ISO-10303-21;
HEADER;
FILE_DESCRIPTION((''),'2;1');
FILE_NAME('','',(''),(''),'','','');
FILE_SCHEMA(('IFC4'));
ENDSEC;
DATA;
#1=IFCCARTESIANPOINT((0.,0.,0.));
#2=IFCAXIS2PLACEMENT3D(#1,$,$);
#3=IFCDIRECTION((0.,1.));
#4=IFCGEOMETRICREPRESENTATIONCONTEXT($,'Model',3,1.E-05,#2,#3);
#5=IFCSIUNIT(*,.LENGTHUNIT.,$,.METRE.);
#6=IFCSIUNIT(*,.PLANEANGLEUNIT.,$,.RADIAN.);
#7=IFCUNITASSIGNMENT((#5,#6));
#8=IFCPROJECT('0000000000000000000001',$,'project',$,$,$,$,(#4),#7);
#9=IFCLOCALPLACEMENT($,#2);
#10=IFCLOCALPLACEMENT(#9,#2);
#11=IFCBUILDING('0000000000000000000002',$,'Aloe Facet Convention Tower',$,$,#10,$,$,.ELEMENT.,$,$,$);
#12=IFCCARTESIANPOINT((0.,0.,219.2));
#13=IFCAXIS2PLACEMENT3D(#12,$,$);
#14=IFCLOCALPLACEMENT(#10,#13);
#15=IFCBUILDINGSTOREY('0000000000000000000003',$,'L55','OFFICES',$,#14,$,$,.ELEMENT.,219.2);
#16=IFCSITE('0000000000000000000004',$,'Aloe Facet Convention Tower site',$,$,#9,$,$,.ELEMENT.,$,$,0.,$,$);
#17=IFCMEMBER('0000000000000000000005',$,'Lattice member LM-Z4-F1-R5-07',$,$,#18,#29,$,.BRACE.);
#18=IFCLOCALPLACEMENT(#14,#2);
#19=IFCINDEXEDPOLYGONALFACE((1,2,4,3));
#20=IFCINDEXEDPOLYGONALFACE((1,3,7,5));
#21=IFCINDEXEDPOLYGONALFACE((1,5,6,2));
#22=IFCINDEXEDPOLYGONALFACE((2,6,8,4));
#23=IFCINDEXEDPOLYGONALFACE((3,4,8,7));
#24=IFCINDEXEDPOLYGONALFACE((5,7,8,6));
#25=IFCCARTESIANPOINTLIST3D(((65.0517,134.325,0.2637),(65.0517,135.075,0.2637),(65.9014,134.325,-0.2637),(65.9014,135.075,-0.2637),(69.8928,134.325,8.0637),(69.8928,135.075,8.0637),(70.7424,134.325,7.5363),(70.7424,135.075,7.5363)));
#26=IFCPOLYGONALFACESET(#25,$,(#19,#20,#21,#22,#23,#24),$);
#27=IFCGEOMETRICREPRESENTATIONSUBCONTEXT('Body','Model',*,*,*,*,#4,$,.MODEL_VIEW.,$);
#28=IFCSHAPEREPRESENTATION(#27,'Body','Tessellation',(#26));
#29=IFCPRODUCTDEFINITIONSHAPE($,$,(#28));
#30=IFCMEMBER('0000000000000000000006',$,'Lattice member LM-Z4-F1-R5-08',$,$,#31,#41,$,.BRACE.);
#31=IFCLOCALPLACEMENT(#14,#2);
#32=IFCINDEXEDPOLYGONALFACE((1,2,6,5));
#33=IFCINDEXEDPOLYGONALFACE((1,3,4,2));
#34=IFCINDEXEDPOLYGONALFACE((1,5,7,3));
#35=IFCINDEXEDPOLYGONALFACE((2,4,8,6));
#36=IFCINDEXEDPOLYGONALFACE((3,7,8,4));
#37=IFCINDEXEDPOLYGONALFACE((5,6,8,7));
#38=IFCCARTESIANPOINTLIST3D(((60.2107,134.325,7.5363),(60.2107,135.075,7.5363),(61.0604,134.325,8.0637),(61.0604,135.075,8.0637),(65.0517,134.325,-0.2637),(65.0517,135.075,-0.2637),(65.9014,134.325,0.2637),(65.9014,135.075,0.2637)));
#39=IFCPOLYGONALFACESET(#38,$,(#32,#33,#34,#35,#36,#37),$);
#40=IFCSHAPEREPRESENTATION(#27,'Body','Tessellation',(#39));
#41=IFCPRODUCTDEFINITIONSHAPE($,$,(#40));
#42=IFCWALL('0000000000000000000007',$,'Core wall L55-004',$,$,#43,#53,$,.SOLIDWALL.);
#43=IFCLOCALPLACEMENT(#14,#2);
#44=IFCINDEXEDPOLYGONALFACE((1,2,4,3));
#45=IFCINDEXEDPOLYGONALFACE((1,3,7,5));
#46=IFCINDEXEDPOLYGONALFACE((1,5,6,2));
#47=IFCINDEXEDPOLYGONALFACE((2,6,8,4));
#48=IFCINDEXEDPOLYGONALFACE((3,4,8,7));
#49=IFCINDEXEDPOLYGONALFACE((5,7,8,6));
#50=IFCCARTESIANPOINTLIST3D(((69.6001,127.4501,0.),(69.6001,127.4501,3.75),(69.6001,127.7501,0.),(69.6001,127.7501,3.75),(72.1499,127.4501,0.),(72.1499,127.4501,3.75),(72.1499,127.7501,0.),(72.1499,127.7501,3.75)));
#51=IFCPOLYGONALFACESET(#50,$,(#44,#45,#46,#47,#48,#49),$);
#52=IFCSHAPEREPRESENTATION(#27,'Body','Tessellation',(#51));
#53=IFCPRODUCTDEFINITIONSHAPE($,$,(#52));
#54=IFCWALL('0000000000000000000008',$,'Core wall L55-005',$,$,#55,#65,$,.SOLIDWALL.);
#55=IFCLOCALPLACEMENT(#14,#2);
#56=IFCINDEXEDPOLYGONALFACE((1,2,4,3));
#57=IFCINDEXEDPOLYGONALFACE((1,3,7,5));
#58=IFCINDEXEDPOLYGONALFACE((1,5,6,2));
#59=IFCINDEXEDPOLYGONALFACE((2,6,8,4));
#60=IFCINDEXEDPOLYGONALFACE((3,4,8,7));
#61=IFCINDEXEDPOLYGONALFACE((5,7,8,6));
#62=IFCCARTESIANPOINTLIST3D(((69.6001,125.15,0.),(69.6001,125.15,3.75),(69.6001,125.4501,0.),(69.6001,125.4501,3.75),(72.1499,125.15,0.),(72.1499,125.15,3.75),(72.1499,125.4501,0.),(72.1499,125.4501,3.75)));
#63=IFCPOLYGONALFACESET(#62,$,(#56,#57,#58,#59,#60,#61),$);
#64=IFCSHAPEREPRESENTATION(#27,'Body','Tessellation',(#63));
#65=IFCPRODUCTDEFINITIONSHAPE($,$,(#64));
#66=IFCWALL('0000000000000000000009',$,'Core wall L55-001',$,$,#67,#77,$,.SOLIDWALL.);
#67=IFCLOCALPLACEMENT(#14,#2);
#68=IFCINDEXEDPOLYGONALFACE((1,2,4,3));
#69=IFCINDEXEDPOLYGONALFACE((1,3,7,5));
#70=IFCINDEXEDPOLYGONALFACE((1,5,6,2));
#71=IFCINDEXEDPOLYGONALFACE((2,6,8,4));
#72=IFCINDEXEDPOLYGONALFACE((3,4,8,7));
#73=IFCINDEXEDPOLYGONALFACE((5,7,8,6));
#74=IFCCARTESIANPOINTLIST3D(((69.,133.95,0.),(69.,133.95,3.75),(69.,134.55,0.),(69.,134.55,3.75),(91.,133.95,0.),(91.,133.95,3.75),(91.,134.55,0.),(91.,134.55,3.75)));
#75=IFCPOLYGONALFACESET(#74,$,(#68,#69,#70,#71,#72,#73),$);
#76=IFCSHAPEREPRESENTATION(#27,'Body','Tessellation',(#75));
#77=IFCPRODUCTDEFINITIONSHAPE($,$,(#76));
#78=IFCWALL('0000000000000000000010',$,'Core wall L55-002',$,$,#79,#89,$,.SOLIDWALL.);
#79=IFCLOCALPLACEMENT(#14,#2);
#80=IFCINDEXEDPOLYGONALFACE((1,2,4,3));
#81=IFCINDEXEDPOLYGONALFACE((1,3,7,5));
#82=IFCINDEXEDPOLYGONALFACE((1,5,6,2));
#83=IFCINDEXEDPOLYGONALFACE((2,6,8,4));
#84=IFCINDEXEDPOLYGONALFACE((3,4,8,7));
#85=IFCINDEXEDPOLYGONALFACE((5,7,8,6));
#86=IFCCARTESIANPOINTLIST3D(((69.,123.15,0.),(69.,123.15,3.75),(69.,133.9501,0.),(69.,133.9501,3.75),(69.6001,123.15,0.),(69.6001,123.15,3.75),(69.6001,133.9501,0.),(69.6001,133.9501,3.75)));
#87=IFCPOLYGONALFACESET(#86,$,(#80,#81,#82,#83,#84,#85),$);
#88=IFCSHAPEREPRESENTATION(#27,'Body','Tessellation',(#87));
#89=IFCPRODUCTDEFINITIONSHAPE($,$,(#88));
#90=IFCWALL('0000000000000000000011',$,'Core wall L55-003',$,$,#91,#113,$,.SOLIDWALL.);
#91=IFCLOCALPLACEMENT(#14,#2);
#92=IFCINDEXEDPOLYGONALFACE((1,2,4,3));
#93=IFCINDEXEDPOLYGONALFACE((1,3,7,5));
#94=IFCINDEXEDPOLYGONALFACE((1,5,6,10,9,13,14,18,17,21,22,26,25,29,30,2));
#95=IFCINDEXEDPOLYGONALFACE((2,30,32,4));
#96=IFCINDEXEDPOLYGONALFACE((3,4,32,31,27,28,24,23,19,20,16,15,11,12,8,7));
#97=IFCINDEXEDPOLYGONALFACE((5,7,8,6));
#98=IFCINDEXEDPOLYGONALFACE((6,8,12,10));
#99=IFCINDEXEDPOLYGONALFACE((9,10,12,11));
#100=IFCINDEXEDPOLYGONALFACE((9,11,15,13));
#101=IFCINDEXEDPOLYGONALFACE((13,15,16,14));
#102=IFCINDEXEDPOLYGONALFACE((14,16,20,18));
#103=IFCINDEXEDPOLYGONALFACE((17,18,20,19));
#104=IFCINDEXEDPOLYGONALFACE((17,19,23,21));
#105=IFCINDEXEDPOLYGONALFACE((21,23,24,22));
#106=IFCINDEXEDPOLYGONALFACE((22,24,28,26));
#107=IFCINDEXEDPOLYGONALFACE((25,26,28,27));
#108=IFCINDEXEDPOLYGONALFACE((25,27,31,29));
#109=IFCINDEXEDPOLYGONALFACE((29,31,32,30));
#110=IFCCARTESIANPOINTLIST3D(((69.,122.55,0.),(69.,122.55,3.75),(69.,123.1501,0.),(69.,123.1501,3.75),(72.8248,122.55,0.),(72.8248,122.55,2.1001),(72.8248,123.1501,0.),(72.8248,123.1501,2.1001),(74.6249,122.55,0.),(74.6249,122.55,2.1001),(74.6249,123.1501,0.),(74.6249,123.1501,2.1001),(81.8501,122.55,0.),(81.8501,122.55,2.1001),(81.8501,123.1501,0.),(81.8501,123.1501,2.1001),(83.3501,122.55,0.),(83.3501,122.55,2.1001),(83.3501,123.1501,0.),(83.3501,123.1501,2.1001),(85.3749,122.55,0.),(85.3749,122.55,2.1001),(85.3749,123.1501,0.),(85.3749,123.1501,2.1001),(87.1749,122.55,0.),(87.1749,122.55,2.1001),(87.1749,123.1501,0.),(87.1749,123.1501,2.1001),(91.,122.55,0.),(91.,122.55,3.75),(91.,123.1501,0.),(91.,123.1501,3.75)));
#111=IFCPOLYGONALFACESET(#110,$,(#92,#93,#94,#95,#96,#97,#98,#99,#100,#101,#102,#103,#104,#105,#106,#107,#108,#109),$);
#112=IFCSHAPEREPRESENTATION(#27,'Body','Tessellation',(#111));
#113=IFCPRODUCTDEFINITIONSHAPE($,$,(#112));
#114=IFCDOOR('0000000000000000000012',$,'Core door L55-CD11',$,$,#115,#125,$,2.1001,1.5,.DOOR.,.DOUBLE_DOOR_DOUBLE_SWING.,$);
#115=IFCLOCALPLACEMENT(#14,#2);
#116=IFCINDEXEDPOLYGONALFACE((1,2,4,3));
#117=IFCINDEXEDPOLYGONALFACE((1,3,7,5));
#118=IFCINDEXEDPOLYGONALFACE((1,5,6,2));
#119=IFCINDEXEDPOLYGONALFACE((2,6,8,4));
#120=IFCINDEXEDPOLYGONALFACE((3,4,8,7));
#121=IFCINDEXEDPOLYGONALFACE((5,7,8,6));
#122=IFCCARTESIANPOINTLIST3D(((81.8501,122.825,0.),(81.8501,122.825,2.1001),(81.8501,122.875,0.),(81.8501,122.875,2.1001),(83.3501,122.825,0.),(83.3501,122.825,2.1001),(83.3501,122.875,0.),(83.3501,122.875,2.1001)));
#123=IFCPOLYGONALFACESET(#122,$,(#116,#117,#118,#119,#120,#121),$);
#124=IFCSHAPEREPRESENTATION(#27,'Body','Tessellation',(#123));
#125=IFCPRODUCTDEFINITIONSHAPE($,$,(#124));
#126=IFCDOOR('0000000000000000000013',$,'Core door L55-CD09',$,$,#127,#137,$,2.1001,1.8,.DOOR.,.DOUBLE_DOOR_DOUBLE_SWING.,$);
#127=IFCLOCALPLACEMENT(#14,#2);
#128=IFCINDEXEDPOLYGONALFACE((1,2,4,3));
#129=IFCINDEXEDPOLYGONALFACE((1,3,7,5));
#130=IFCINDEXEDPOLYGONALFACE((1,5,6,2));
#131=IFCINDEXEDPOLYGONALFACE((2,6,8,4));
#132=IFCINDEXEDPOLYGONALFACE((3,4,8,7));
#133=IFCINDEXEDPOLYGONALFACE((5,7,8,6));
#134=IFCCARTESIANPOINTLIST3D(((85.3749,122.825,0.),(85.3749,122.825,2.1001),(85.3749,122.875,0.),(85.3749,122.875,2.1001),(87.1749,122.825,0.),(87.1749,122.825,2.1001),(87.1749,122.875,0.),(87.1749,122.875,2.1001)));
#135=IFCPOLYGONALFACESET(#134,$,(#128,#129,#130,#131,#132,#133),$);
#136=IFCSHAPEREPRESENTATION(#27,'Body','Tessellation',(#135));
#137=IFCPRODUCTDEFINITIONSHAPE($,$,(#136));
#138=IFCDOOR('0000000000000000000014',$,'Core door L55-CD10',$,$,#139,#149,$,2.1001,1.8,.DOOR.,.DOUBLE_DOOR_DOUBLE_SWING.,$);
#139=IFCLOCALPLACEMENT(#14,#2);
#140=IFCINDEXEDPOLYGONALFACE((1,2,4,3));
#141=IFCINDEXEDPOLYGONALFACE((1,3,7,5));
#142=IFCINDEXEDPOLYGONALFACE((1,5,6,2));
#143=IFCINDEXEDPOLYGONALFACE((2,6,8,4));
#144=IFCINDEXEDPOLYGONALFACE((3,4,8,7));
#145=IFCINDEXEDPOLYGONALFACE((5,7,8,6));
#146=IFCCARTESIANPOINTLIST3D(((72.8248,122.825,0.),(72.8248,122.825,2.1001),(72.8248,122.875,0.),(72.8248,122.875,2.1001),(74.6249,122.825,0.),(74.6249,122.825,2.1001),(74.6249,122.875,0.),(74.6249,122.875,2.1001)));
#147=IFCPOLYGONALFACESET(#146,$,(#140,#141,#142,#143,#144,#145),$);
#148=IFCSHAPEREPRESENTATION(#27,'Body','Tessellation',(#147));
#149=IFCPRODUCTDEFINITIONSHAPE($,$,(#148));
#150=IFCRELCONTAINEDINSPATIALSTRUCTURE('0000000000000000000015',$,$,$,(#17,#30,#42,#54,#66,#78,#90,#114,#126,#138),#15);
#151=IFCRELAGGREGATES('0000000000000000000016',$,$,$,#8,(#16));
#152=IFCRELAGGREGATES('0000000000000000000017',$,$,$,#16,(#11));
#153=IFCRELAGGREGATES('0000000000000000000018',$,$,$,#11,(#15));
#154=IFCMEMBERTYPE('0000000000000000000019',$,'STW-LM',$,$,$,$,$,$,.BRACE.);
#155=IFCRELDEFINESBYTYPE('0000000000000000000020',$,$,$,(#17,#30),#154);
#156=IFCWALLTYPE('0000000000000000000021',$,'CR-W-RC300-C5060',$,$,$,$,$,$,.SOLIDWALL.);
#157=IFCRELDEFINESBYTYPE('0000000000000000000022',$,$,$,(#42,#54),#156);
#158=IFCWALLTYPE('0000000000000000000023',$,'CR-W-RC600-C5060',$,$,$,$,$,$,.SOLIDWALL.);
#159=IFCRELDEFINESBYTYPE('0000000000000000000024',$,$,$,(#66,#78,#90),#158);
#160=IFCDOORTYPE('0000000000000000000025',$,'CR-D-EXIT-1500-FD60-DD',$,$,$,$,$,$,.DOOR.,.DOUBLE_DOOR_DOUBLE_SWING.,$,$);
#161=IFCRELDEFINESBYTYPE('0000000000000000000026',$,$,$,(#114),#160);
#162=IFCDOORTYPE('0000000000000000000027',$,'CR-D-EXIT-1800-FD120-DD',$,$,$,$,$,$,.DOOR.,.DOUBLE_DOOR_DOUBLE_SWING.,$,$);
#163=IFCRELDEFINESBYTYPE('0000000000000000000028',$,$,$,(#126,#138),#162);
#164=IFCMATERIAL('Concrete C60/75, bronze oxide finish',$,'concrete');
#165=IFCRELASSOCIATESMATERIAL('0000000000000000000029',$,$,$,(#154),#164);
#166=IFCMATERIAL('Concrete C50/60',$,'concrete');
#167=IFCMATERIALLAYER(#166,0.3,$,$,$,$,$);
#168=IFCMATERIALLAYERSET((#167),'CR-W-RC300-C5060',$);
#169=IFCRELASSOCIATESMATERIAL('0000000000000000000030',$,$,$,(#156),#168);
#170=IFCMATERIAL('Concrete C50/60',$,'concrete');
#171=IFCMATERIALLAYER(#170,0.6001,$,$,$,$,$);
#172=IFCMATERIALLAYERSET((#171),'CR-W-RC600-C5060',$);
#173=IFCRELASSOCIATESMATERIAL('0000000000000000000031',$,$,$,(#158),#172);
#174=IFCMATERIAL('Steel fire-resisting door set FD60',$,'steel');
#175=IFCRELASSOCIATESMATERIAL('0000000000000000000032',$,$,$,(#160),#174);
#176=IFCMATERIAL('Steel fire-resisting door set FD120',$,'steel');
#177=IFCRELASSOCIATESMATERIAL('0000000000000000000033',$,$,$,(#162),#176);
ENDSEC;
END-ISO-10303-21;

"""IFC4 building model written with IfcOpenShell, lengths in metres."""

from ifc_helpers import new_model, si_unit, direction, frame, frame_2d, origin, origin_2d, place, context, subcontext, project, spatial, rectangle, extrude, material, layer, layer_set, material_profile, profile_set, type_object, element, fill, save


model = new_model("IFC4")

# Units and contexts
model_context = context("Model", 3, precision=1e-05, world=origin(), true_north=direction((0.0, 1.0)))
body_context = subcontext(model_context, "Body", "Model", "MODEL_VIEW")
ifc_project = project(units=[si_unit("LENGTHUNIT", "METRE"), si_unit("PLANEANGLEUNIT", "RADIAN")], contexts=[model_context])

# Site, building, storey
site_placement = place(None, origin())
site = spatial("IfcSite", under=ifc_project, at=site_placement, Name="Aloe Facet Convention Tower site", CompositionType="ELEMENT", RefElevation=0.0)
building_placement = place(site_placement, origin())
building = spatial("IfcBuilding", under=site, at=building_placement, Name="Aloe Facet Convention Tower", CompositionType="ELEMENT")
storey_placement = place(building_placement, frame((0.0, 0.0, 219.2)))
storey = spatial("IfcBuildingStorey", under=building, at=storey_placement, Name="L55", Description="OFFICES", CompositionType="ELEMENT", Elevation=219.2)

# Members
ifc_material_1 = material(Name="Concrete C60/75, bronze oxide finish", Category="concrete")
ifc_material_profile = material_profile(ifc_material_1, rectangle(XDim=0.75, YDim=1.0, at=origin_2d()), Name="STW-LM")
ifc_profile_set = profile_set([ifc_material_profile], Name="Concrete C60/75, bronze oxide finish")
member_type = type_object("IfcMemberType", Name="STW-LM", PredefinedType="BRACE", material=ifc_profile_set)
for number, where, z_axis, x_axis, name in (
    (1, (65.4766, 134.7, 0.0), (0.527336, 0.0, 0.849657), (0.0, 1.0, 0.0), "Lattice member LM-Z4-F1-R5-07"),
    (2, (65.4766, 134.7, 0.0), (-0.527336, 0.0, 0.849657), (0.0, -1.0, 0.0), "Lattice member LM-Z4-F1-R5-08"),
):
    element("IfcMember", number, at=place(storey_placement, frame(where, z_axis=z_axis, x_axis=x_axis)), inside=storey, type_object=member_type, Name=name, PredefinedType="BRACE", context=body_context, shape_type="SweptSolid", body=[
        extrude(rectangle(XDim=0.75, YDim=1.0, at=origin_2d()), origin(), (0.0, 0.0, 1.0), 9.1802),
    ])

# Walls
ifc_material_2 = material(Name="Concrete C50/60", Category="concrete")
ifc_layer_1 = layer(ifc_material_2, 0.3)
ifc_layer_set_1 = layer_set([ifc_layer_1], Name="CR-W-RC300-C5060")
wall_type_1 = type_object("IfcWallType", Name="CR-W-RC300-C5060", PredefinedType="SOLIDWALL", material=ifc_layer_set_1)
for number, where, z_axis, x_axis, name in (
    (3, (69.6001, 127.6001, 0.0), (0.0, 0.0, 1.0), (1.0, 0.0, 0.0), "Core wall L55-004"),
    (4, (69.6001, 125.3, 0.0), (0.0, 0.0, 1.0), (1.0, 0.0, 0.0), "Core wall L55-005"),
):
    element("IfcWall", number, at=place(storey_placement, frame(where, z_axis=z_axis, x_axis=x_axis)), inside=storey, type_object=wall_type_1, Name=name, PredefinedType="SOLIDWALL", context=body_context, shape_type="SweptSolid", body=[
        extrude(rectangle(XDim=2.5498, YDim=0.3, at=frame_2d((1.2749, 0.0))), origin(), (0.0, 0.0, 1.0), 3.75),
    ])
ifc_material_3 = material(Name="Concrete C50/60", Category="concrete")
ifc_layer_2 = layer(ifc_material_3, 0.6001)
ifc_layer_set_2 = layer_set([ifc_layer_2], Name="CR-W-RC600-C5060")
wall_type_2 = type_object("IfcWallType", Name="CR-W-RC600-C5060", PredefinedType="SOLIDWALL", material=ifc_layer_set_2)
wall_1_placement = place(storey_placement, frame((69.0, 134.25, 0.0), z_axis=(0.0, 0.0, 1.0), x_axis=(1.0, 0.0, 0.0)))
element("IfcWall", 5, at=wall_1_placement, inside=storey, type_object=wall_type_2, Name="Core wall L55-001", PredefinedType="SOLIDWALL", context=body_context, shape_type="SweptSolid", body=[
    extrude(rectangle(XDim=22.0, YDim=0.6001, at=frame_2d((11.0, 0.0))), origin(), (0.0, 0.0, 1.0), 3.75),
])
wall_2_placement = place(storey_placement, frame((69.3, 133.95, 0.0), z_axis=(0.0, 0.0, 1.0), x_axis=(0.0, -1.0, 0.0)))
element("IfcWall", 6, at=wall_2_placement, inside=storey, type_object=wall_type_2, Name="Core wall L55-002", PredefinedType="SOLIDWALL", context=body_context, shape_type="SweptSolid", body=[
    extrude(rectangle(XDim=10.8, YDim=0.6001, at=frame_2d((5.3999, 0.0))), origin(), (0.0, 0.0, 1.0), 3.75),
])

# Wall, openings, doors
wall_3_placement = place(storey_placement, frame((69.0, 122.8501, 0.0), z_axis=(0.0, 0.0, 1.0), x_axis=(1.0, 0.0, 0.0)))
wall_3 = element("IfcWall", 7, at=wall_3_placement, inside=storey, type_object=wall_type_2, Name="Core wall L55-003", PredefinedType="SOLIDWALL", context=body_context, shape_type="SweptSolid", body=[
    extrude(rectangle(XDim=22.0, YDim=0.6001, at=frame_2d((11.0, 0.0))), origin(), (0.0, 0.0, 1.0), 3.75),
])
opening_1_placement = place(wall_3_placement, frame((16.375, 0.0, 0.0)))
opening_1 = element("IfcOpeningElement", 8, at=opening_1_placement, cuts=wall_3, PredefinedType="OPENING", context=body_context, shape_type="SweptSolid", body=[
    extrude(rectangle(XDim=1.8, YDim=2.1001, at=frame_2d((0.8999, 1.05))), frame((0.0, 0.3101, 0.0), z_axis=(0.0, -1.0, 0.0), x_axis=(1.0, 0.0, 0.0)), (0.0, 0.0, 1.0), 0.6201),
])
opening_2_placement = place(wall_3_placement, frame((3.825, 0.0, 0.0)))
opening_2 = element("IfcOpeningElement", 9, at=opening_2_placement, cuts=wall_3, PredefinedType="OPENING", context=body_context, shape_type="SweptSolid", body=[
    extrude(rectangle(XDim=1.8, YDim=2.1001, at=frame_2d((0.8999, 1.05))), frame((0.0, 0.3101, 0.0), z_axis=(0.0, -1.0, 0.0), x_axis=(1.0, 0.0, 0.0)), (0.0, 0.0, 1.0), 0.6201),
])
opening_3_placement = place(wall_3_placement, frame((12.8501, 0.0, 0.0)))
opening_3 = element("IfcOpeningElement", 10, at=opening_3_placement, cuts=wall_3, PredefinedType="OPENING", context=body_context, shape_type="SweptSolid", body=[
    extrude(rectangle(XDim=1.5, YDim=2.1001, at=frame_2d((0.75, 1.05))), frame((0.0, 0.3101, 0.0), z_axis=(0.0, -1.0, 0.0), x_axis=(1.0, 0.0, 0.0)), (0.0, 0.0, 1.0), 0.6201),
])
ifc_material_4 = material(Name="Steel fire-resisting door set FD60", Category="steel")
door_type_1 = type_object("IfcDoorType", Name="CR-D-EXIT-1500-FD60-DD", OperationType="DOUBLE_DOOR_DOUBLE_SWING", PredefinedType="DOOR", material=ifc_material_4)
door_1_placement = place(opening_3_placement, origin())
door_1 = element("IfcDoor", 11, at=door_1_placement, inside=storey, type_object=door_type_1, Name="Core door L55-CD11", OperationType="DOUBLE_DOOR_DOUBLE_SWING", OverallHeight=2.1001, OverallWidth=1.5, PredefinedType="DOOR", context=body_context, shape_type="SweptSolid", body=[
    extrude(rectangle(XDim=1.5, YDim=2.1001, at=frame_2d((0.75, 1.05))), frame((0.0, 0.0249, 0.0), z_axis=(0.0, -1.0, 0.0), x_axis=(1.0, 0.0, 0.0)), (0.0, 0.0, 1.0), 0.05),
])
fill(opening_3, door_1)
ifc_material_5 = material(Name="Steel fire-resisting door set FD120", Category="steel")
door_type_2 = type_object("IfcDoorType", Name="CR-D-EXIT-1800-FD120-DD", OperationType="DOUBLE_DOOR_DOUBLE_SWING", PredefinedType="DOOR", material=ifc_material_5)
door_2_placement = place(opening_1_placement, origin())
door_2 = element("IfcDoor", 12, at=door_2_placement, inside=storey, type_object=door_type_2, Name="Core door L55-CD09", OperationType="DOUBLE_DOOR_DOUBLE_SWING", OverallHeight=2.1001, OverallWidth=1.8, PredefinedType="DOOR", context=body_context, shape_type="SweptSolid", body=[
    extrude(rectangle(XDim=1.8, YDim=2.1001, at=frame_2d((0.8999, 1.05))), frame((0.0, 0.0249, 0.0), z_axis=(0.0, -1.0, 0.0), x_axis=(1.0, 0.0, 0.0)), (0.0, 0.0, 1.0), 0.05),
])
fill(opening_1, door_2)
door_3_placement = place(opening_2_placement, origin())
door_3 = element("IfcDoor", 13, at=door_3_placement, inside=storey, type_object=door_type_2, Name="Core door L55-CD10", OperationType="DOUBLE_DOOR_DOUBLE_SWING", OverallHeight=2.1001, OverallWidth=1.8, PredefinedType="DOOR", context=body_context, shape_type="SweptSolid", body=[
    extrude(rectangle(XDim=1.8, YDim=2.1001, at=frame_2d((0.8999, 1.05))), frame((0.0, 0.0249, 0.0), z_axis=(0.0, -1.0, 0.0), x_axis=(1.0, 0.0, 0.0)), (0.0, 0.0, 1.0), 0.05),
])
fill(opening_2, door_3)

save(model, "model.ifc")
